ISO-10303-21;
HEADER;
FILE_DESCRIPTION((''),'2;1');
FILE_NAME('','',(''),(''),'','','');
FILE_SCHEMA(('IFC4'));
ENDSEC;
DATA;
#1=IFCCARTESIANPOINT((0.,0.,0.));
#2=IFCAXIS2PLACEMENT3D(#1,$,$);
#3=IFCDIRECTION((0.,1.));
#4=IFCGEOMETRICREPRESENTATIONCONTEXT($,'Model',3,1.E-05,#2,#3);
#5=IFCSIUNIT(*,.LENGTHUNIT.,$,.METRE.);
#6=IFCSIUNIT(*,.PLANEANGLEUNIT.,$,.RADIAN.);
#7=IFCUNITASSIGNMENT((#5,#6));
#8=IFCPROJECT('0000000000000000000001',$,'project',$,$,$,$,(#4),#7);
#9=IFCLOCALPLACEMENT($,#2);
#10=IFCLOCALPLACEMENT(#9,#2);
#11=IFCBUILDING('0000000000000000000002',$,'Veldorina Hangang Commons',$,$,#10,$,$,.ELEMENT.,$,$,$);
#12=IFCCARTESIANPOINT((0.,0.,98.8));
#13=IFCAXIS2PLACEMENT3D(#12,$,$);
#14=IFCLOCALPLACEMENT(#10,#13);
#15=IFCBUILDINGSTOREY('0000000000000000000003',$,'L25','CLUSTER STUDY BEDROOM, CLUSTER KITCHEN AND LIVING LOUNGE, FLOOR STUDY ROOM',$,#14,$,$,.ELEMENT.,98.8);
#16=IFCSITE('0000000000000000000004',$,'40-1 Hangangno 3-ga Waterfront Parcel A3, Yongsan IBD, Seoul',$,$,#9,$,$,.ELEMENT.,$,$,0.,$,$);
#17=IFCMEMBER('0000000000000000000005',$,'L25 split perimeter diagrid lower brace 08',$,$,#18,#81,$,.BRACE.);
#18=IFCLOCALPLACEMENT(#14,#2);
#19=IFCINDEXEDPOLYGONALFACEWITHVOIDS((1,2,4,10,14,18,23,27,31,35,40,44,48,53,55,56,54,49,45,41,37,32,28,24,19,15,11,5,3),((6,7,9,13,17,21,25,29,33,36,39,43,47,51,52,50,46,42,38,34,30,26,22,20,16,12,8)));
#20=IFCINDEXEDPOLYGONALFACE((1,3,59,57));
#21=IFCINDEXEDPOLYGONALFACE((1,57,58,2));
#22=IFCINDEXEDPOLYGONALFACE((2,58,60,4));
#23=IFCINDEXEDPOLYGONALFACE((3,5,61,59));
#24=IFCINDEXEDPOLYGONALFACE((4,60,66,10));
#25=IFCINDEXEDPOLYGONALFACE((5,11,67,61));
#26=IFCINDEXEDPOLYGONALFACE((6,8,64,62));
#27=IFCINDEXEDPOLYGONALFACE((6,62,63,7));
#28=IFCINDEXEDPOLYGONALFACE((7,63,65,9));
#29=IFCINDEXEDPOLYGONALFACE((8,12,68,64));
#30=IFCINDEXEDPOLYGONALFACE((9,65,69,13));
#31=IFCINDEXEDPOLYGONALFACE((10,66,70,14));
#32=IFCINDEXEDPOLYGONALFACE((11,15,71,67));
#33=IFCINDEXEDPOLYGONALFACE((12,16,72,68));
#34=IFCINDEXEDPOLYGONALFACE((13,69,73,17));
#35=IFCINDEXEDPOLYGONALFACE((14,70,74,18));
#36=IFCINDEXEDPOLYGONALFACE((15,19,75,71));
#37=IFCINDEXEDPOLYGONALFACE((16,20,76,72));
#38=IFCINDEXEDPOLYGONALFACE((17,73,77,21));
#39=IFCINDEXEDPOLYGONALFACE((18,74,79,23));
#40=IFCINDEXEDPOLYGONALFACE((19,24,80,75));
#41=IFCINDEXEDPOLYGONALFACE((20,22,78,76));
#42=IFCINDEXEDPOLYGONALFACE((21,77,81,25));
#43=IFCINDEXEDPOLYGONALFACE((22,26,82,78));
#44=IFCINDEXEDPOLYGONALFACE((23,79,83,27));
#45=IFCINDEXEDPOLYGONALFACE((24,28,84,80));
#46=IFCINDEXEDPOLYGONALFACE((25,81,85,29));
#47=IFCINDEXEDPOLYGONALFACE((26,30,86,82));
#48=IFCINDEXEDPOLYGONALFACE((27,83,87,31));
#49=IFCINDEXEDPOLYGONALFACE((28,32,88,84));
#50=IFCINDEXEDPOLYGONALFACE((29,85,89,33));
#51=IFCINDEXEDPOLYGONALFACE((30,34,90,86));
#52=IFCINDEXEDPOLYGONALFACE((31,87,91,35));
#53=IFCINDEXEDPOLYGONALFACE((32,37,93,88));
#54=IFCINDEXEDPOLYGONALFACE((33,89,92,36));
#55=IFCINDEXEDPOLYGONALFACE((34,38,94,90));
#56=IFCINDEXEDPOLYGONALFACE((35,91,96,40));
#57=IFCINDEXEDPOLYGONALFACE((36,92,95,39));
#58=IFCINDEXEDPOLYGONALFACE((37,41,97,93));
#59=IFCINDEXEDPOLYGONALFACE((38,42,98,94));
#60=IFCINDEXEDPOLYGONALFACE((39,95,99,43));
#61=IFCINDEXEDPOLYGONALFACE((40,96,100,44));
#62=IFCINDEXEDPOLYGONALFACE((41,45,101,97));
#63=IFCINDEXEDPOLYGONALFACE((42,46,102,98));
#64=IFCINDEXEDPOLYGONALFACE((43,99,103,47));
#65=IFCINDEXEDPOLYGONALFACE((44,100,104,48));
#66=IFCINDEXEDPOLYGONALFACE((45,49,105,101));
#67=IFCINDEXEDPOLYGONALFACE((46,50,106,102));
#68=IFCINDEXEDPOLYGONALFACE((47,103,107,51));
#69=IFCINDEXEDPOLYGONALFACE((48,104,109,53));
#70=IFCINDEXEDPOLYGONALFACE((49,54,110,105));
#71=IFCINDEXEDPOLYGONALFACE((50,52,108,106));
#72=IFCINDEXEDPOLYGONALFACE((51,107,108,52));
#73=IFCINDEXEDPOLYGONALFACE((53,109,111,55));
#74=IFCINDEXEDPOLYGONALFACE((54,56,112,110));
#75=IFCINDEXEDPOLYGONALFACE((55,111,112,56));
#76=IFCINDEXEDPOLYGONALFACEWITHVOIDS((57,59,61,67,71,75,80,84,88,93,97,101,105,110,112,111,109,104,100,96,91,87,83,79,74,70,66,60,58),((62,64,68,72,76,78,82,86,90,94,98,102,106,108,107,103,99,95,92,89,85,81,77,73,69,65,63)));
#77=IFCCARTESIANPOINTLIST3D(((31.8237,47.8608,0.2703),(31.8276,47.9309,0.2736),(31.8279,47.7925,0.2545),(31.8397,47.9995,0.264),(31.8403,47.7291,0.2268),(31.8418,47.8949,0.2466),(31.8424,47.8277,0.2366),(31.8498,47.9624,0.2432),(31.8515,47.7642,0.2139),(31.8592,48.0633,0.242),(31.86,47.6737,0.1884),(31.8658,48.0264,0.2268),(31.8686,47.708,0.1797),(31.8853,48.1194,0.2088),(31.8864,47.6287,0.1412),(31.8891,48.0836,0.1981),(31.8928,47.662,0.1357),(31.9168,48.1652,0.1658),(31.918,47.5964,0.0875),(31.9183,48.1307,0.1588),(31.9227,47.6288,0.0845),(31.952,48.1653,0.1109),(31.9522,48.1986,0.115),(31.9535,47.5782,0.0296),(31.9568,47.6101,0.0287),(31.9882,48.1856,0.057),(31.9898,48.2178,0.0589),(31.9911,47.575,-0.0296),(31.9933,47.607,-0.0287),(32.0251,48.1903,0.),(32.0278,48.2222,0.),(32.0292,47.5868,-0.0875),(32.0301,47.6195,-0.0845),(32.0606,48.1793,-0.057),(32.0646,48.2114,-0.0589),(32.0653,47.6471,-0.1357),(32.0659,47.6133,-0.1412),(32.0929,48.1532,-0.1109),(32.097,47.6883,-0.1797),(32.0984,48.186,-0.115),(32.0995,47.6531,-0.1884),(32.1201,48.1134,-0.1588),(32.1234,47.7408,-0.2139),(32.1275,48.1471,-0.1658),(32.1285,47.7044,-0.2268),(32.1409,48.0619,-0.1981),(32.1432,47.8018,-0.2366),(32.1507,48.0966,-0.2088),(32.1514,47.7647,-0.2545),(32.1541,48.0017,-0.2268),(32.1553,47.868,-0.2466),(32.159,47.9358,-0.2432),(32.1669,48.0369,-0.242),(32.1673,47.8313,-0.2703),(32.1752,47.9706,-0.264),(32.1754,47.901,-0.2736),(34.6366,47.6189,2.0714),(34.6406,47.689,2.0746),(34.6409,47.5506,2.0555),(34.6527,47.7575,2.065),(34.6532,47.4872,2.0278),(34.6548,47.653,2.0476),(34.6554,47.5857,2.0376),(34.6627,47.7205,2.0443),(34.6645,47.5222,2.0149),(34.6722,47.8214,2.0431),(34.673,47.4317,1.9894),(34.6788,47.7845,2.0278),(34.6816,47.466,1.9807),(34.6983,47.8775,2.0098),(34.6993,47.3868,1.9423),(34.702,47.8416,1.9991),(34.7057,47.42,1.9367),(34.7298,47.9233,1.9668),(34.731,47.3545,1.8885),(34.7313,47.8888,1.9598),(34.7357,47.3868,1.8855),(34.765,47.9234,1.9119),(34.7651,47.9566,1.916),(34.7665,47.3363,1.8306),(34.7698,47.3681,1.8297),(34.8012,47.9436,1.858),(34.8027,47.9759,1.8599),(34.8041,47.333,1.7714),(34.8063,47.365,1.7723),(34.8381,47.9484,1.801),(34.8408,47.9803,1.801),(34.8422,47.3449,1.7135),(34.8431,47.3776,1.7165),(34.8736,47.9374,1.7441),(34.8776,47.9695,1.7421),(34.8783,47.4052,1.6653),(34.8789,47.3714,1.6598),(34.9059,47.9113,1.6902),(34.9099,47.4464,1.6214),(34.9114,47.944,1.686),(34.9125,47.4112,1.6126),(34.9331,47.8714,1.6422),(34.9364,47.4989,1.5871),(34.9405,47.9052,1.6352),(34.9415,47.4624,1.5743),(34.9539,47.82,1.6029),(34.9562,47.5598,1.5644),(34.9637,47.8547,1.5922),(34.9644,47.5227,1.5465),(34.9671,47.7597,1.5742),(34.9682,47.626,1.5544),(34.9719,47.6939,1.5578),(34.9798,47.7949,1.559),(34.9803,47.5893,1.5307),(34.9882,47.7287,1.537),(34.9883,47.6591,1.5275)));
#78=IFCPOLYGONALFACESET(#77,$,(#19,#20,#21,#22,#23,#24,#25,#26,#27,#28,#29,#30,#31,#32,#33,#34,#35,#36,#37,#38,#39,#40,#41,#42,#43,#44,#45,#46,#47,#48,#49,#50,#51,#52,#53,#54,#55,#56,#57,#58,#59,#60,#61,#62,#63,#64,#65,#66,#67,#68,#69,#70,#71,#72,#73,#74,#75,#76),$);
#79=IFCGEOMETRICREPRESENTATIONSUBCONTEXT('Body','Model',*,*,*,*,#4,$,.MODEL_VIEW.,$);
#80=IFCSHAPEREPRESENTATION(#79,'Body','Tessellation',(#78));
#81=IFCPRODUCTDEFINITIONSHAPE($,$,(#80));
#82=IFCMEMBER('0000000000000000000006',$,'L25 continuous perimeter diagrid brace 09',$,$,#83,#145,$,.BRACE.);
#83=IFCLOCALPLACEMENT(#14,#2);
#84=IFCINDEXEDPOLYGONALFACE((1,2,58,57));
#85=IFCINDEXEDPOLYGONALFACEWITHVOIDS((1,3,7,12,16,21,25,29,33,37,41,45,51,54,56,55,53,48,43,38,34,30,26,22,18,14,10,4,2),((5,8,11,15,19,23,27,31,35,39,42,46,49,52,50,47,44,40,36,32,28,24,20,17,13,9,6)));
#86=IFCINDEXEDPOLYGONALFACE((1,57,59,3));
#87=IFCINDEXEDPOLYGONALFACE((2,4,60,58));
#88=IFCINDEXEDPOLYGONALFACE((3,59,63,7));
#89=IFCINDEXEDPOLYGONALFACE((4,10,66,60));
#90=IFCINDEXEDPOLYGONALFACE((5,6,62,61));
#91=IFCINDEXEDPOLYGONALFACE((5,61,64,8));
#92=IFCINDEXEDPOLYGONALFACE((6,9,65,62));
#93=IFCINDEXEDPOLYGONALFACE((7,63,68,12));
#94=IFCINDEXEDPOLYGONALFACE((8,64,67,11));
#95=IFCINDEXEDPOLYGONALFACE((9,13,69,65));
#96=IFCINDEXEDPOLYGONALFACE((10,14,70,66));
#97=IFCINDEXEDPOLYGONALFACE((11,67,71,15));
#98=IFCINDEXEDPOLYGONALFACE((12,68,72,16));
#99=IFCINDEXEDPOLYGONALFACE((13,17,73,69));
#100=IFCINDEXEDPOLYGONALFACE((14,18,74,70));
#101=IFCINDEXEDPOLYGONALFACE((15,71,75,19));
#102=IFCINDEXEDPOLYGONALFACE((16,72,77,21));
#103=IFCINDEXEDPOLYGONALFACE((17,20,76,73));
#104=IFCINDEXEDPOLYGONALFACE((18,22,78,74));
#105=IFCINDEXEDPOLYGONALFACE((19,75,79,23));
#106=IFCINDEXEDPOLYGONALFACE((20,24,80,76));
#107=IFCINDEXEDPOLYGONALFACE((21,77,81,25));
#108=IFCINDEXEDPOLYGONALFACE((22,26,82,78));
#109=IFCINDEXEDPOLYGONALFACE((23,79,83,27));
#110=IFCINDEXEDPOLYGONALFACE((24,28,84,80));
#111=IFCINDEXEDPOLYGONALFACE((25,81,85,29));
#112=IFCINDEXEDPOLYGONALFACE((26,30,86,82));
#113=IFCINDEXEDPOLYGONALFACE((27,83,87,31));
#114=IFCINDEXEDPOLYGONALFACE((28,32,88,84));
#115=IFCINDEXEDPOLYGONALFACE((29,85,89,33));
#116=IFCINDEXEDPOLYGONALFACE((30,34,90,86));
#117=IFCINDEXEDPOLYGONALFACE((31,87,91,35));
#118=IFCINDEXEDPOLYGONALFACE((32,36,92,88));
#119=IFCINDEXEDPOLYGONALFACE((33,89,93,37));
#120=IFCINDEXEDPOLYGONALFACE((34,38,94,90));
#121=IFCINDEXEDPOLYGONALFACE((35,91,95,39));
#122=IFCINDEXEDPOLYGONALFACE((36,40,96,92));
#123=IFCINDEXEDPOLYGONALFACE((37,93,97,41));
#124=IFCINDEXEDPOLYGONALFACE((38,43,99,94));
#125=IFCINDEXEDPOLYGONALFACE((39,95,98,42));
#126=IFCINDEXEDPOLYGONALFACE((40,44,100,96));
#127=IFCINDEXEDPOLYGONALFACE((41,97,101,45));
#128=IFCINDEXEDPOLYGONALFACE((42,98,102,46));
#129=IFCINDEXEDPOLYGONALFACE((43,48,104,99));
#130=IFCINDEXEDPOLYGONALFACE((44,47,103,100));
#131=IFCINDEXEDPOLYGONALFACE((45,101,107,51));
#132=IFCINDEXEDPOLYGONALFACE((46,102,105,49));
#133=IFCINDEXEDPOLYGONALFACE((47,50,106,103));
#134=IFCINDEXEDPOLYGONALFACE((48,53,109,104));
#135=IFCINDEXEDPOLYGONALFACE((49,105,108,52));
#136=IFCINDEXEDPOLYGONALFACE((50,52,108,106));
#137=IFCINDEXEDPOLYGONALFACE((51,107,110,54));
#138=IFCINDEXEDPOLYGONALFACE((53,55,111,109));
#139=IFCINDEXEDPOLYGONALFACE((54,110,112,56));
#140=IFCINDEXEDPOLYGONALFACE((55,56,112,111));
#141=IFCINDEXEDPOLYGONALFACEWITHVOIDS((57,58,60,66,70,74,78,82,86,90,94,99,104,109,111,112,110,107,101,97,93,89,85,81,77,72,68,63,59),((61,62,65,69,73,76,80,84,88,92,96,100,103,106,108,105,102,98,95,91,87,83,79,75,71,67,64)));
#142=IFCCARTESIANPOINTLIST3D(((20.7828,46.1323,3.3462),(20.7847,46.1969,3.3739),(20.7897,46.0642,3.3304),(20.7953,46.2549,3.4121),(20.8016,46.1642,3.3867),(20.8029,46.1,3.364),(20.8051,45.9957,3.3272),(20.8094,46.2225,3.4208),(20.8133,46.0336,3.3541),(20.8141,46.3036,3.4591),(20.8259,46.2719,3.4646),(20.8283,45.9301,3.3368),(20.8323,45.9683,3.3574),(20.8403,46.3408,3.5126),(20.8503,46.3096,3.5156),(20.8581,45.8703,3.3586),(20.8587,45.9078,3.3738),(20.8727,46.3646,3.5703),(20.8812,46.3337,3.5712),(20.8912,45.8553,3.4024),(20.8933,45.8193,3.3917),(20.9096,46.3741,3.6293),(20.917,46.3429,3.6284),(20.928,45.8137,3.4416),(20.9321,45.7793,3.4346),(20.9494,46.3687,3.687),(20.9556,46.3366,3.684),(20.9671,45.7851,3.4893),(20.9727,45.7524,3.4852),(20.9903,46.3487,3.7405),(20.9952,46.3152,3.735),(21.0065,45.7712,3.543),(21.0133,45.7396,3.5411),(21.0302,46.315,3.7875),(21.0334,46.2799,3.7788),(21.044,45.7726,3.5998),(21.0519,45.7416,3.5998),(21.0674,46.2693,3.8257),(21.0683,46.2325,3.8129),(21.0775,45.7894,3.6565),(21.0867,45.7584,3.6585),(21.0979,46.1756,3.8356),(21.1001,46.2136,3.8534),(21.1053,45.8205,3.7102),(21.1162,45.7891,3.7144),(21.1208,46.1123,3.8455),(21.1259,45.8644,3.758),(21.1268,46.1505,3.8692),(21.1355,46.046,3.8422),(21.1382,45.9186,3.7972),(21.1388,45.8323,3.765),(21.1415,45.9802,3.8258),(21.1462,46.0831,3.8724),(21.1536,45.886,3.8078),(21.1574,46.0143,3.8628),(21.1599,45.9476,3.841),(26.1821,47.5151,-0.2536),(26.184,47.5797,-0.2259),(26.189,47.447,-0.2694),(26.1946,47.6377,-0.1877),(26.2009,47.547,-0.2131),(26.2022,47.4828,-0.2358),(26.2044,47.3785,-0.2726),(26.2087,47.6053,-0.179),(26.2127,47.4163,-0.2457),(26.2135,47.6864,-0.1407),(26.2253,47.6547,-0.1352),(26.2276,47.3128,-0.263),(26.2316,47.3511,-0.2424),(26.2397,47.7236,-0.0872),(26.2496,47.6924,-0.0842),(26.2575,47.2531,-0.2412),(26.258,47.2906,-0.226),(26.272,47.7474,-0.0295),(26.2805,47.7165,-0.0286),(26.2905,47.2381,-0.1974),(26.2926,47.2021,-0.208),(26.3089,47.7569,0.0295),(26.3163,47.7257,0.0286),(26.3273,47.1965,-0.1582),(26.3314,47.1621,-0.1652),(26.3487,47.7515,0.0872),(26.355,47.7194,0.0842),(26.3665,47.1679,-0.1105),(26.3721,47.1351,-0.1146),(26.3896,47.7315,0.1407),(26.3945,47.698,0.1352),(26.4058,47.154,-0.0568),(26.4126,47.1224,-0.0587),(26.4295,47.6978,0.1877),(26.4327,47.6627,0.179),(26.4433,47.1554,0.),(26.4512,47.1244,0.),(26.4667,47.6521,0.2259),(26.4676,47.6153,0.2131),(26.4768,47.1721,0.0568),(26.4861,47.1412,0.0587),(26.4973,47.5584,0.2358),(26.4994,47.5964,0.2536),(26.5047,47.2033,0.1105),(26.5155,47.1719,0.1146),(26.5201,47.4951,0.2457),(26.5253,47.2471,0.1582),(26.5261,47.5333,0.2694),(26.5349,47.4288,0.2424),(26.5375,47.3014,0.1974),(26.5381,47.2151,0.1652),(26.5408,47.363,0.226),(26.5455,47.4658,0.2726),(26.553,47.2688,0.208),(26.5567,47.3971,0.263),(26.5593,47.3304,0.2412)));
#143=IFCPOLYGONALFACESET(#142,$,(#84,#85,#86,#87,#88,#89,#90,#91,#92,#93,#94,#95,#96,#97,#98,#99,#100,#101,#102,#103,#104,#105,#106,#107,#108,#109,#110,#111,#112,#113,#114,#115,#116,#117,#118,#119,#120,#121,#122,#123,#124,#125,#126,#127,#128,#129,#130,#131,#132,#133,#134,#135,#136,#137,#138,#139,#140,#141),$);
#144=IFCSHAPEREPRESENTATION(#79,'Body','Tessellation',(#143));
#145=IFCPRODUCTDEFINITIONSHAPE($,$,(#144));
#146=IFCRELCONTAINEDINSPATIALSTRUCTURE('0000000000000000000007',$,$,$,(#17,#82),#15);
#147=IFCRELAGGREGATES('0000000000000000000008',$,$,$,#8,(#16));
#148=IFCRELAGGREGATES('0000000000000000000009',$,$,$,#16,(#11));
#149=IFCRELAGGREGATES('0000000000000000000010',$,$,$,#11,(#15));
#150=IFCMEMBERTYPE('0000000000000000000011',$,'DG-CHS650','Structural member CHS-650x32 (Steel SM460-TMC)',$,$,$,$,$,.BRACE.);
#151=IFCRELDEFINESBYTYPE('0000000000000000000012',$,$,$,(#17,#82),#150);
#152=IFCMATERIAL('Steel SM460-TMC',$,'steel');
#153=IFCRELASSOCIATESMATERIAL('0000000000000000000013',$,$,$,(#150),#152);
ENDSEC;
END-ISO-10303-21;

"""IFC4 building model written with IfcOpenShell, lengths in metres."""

from ifc_helpers import new_model, si_unit, direction, frame, origin, origin_2d, place, context, subcontext, project, spatial, hollow_circle, extrude, material, material_profile, profile_set, type_object, element, save


model = new_model("IFC4")

# Units and contexts
model_context = context("Model", 3, precision=1e-05, world=origin(), true_north=direction((0.0, 1.0)))
body_context = subcontext(model_context, "Body", "Model", "MODEL_VIEW")
ifc_project = project(units=[si_unit("LENGTHUNIT", "METRE"), si_unit("PLANEANGLEUNIT", "RADIAN")], contexts=[model_context])

# Site, building, storey
site_placement = place(None, origin())
site = spatial("IfcSite", under=ifc_project, at=site_placement, Name="40-1 Hangangno 3-ga Waterfront Parcel A3, Yongsan IBD, Seoul", CompositionType="ELEMENT", RefElevation=0.0)
building_placement = place(site_placement, origin())
building = spatial("IfcBuilding", under=site, at=building_placement, Name="Veldorina Hangang Commons", CompositionType="ELEMENT")
storey_placement = place(building_placement, frame((0.0, 0.0, 98.8)))
storey = spatial("IfcBuildingStorey", under=building, at=storey_placement, Name="L25", Description="CLUSTER STUDY BEDROOM, CLUSTER KITCHEN AND LIVING LOUNGE, FLOOR STUDY ROOM", CompositionType="ELEMENT", Elevation=98.8)

# Members
ifc_material_1 = material(Name="Steel SM460-TMC", Category="steel")
ifc_material_profile_1 = material_profile(ifc_material_1, hollow_circle(Radius=0.325, WallThickness=0.032, at=origin_2d()), Name="CHS-650x32")
ifc_profile_set_1 = profile_set([ifc_material_profile_1], Name="Steel SM460-TMC")
member_type = type_object("IfcMemberType", Name="DG-CHS650", Description="Structural member CHS-650x32 (Steel SM460-TMC)", PredefinedType="BRACE", material=ifc_profile_set_1)
member_1_placement = place(storey_placement, frame((32.0, 47.8984, 0.0), z_axis=(0.839974, -0.072246, 0.537796), x_axis=(0.085693, 0.996322, 0.0)))
element("IfcMember", 1, at=member_1_placement, inside=storey, type_object=member_type, Name="L25 split perimeter diagrid lower brace 08", PredefinedType="BRACE", context=body_context, shape_type="SweptSolid", body=[
    extrude(hollow_circle(Radius=0.325, WallThickness=0.032, at=origin_2d()), origin(), (0.0, 0.0, 1.0), 3.3489),
])
member_2_placement = place(storey_placement, frame((26.3706, 47.4392, 0.0), z_axis=(-0.813763, -0.208408, 0.542546), x_axis=(0.248097, -0.968735, 0.0)))
element("IfcMember", 2, at=member_2_placement, inside=storey, type_object=member_type, Name="L25 continuous perimeter diagrid brace 09", PredefinedType="BRACE", context=body_context, shape_type="SweptSolid", body=[
    extrude(hollow_circle(Radius=0.325, WallThickness=0.032, at=origin_2d()), origin(), (0.0, 0.0, 1.0), 6.635),
])

save(model, "model.ifc")
